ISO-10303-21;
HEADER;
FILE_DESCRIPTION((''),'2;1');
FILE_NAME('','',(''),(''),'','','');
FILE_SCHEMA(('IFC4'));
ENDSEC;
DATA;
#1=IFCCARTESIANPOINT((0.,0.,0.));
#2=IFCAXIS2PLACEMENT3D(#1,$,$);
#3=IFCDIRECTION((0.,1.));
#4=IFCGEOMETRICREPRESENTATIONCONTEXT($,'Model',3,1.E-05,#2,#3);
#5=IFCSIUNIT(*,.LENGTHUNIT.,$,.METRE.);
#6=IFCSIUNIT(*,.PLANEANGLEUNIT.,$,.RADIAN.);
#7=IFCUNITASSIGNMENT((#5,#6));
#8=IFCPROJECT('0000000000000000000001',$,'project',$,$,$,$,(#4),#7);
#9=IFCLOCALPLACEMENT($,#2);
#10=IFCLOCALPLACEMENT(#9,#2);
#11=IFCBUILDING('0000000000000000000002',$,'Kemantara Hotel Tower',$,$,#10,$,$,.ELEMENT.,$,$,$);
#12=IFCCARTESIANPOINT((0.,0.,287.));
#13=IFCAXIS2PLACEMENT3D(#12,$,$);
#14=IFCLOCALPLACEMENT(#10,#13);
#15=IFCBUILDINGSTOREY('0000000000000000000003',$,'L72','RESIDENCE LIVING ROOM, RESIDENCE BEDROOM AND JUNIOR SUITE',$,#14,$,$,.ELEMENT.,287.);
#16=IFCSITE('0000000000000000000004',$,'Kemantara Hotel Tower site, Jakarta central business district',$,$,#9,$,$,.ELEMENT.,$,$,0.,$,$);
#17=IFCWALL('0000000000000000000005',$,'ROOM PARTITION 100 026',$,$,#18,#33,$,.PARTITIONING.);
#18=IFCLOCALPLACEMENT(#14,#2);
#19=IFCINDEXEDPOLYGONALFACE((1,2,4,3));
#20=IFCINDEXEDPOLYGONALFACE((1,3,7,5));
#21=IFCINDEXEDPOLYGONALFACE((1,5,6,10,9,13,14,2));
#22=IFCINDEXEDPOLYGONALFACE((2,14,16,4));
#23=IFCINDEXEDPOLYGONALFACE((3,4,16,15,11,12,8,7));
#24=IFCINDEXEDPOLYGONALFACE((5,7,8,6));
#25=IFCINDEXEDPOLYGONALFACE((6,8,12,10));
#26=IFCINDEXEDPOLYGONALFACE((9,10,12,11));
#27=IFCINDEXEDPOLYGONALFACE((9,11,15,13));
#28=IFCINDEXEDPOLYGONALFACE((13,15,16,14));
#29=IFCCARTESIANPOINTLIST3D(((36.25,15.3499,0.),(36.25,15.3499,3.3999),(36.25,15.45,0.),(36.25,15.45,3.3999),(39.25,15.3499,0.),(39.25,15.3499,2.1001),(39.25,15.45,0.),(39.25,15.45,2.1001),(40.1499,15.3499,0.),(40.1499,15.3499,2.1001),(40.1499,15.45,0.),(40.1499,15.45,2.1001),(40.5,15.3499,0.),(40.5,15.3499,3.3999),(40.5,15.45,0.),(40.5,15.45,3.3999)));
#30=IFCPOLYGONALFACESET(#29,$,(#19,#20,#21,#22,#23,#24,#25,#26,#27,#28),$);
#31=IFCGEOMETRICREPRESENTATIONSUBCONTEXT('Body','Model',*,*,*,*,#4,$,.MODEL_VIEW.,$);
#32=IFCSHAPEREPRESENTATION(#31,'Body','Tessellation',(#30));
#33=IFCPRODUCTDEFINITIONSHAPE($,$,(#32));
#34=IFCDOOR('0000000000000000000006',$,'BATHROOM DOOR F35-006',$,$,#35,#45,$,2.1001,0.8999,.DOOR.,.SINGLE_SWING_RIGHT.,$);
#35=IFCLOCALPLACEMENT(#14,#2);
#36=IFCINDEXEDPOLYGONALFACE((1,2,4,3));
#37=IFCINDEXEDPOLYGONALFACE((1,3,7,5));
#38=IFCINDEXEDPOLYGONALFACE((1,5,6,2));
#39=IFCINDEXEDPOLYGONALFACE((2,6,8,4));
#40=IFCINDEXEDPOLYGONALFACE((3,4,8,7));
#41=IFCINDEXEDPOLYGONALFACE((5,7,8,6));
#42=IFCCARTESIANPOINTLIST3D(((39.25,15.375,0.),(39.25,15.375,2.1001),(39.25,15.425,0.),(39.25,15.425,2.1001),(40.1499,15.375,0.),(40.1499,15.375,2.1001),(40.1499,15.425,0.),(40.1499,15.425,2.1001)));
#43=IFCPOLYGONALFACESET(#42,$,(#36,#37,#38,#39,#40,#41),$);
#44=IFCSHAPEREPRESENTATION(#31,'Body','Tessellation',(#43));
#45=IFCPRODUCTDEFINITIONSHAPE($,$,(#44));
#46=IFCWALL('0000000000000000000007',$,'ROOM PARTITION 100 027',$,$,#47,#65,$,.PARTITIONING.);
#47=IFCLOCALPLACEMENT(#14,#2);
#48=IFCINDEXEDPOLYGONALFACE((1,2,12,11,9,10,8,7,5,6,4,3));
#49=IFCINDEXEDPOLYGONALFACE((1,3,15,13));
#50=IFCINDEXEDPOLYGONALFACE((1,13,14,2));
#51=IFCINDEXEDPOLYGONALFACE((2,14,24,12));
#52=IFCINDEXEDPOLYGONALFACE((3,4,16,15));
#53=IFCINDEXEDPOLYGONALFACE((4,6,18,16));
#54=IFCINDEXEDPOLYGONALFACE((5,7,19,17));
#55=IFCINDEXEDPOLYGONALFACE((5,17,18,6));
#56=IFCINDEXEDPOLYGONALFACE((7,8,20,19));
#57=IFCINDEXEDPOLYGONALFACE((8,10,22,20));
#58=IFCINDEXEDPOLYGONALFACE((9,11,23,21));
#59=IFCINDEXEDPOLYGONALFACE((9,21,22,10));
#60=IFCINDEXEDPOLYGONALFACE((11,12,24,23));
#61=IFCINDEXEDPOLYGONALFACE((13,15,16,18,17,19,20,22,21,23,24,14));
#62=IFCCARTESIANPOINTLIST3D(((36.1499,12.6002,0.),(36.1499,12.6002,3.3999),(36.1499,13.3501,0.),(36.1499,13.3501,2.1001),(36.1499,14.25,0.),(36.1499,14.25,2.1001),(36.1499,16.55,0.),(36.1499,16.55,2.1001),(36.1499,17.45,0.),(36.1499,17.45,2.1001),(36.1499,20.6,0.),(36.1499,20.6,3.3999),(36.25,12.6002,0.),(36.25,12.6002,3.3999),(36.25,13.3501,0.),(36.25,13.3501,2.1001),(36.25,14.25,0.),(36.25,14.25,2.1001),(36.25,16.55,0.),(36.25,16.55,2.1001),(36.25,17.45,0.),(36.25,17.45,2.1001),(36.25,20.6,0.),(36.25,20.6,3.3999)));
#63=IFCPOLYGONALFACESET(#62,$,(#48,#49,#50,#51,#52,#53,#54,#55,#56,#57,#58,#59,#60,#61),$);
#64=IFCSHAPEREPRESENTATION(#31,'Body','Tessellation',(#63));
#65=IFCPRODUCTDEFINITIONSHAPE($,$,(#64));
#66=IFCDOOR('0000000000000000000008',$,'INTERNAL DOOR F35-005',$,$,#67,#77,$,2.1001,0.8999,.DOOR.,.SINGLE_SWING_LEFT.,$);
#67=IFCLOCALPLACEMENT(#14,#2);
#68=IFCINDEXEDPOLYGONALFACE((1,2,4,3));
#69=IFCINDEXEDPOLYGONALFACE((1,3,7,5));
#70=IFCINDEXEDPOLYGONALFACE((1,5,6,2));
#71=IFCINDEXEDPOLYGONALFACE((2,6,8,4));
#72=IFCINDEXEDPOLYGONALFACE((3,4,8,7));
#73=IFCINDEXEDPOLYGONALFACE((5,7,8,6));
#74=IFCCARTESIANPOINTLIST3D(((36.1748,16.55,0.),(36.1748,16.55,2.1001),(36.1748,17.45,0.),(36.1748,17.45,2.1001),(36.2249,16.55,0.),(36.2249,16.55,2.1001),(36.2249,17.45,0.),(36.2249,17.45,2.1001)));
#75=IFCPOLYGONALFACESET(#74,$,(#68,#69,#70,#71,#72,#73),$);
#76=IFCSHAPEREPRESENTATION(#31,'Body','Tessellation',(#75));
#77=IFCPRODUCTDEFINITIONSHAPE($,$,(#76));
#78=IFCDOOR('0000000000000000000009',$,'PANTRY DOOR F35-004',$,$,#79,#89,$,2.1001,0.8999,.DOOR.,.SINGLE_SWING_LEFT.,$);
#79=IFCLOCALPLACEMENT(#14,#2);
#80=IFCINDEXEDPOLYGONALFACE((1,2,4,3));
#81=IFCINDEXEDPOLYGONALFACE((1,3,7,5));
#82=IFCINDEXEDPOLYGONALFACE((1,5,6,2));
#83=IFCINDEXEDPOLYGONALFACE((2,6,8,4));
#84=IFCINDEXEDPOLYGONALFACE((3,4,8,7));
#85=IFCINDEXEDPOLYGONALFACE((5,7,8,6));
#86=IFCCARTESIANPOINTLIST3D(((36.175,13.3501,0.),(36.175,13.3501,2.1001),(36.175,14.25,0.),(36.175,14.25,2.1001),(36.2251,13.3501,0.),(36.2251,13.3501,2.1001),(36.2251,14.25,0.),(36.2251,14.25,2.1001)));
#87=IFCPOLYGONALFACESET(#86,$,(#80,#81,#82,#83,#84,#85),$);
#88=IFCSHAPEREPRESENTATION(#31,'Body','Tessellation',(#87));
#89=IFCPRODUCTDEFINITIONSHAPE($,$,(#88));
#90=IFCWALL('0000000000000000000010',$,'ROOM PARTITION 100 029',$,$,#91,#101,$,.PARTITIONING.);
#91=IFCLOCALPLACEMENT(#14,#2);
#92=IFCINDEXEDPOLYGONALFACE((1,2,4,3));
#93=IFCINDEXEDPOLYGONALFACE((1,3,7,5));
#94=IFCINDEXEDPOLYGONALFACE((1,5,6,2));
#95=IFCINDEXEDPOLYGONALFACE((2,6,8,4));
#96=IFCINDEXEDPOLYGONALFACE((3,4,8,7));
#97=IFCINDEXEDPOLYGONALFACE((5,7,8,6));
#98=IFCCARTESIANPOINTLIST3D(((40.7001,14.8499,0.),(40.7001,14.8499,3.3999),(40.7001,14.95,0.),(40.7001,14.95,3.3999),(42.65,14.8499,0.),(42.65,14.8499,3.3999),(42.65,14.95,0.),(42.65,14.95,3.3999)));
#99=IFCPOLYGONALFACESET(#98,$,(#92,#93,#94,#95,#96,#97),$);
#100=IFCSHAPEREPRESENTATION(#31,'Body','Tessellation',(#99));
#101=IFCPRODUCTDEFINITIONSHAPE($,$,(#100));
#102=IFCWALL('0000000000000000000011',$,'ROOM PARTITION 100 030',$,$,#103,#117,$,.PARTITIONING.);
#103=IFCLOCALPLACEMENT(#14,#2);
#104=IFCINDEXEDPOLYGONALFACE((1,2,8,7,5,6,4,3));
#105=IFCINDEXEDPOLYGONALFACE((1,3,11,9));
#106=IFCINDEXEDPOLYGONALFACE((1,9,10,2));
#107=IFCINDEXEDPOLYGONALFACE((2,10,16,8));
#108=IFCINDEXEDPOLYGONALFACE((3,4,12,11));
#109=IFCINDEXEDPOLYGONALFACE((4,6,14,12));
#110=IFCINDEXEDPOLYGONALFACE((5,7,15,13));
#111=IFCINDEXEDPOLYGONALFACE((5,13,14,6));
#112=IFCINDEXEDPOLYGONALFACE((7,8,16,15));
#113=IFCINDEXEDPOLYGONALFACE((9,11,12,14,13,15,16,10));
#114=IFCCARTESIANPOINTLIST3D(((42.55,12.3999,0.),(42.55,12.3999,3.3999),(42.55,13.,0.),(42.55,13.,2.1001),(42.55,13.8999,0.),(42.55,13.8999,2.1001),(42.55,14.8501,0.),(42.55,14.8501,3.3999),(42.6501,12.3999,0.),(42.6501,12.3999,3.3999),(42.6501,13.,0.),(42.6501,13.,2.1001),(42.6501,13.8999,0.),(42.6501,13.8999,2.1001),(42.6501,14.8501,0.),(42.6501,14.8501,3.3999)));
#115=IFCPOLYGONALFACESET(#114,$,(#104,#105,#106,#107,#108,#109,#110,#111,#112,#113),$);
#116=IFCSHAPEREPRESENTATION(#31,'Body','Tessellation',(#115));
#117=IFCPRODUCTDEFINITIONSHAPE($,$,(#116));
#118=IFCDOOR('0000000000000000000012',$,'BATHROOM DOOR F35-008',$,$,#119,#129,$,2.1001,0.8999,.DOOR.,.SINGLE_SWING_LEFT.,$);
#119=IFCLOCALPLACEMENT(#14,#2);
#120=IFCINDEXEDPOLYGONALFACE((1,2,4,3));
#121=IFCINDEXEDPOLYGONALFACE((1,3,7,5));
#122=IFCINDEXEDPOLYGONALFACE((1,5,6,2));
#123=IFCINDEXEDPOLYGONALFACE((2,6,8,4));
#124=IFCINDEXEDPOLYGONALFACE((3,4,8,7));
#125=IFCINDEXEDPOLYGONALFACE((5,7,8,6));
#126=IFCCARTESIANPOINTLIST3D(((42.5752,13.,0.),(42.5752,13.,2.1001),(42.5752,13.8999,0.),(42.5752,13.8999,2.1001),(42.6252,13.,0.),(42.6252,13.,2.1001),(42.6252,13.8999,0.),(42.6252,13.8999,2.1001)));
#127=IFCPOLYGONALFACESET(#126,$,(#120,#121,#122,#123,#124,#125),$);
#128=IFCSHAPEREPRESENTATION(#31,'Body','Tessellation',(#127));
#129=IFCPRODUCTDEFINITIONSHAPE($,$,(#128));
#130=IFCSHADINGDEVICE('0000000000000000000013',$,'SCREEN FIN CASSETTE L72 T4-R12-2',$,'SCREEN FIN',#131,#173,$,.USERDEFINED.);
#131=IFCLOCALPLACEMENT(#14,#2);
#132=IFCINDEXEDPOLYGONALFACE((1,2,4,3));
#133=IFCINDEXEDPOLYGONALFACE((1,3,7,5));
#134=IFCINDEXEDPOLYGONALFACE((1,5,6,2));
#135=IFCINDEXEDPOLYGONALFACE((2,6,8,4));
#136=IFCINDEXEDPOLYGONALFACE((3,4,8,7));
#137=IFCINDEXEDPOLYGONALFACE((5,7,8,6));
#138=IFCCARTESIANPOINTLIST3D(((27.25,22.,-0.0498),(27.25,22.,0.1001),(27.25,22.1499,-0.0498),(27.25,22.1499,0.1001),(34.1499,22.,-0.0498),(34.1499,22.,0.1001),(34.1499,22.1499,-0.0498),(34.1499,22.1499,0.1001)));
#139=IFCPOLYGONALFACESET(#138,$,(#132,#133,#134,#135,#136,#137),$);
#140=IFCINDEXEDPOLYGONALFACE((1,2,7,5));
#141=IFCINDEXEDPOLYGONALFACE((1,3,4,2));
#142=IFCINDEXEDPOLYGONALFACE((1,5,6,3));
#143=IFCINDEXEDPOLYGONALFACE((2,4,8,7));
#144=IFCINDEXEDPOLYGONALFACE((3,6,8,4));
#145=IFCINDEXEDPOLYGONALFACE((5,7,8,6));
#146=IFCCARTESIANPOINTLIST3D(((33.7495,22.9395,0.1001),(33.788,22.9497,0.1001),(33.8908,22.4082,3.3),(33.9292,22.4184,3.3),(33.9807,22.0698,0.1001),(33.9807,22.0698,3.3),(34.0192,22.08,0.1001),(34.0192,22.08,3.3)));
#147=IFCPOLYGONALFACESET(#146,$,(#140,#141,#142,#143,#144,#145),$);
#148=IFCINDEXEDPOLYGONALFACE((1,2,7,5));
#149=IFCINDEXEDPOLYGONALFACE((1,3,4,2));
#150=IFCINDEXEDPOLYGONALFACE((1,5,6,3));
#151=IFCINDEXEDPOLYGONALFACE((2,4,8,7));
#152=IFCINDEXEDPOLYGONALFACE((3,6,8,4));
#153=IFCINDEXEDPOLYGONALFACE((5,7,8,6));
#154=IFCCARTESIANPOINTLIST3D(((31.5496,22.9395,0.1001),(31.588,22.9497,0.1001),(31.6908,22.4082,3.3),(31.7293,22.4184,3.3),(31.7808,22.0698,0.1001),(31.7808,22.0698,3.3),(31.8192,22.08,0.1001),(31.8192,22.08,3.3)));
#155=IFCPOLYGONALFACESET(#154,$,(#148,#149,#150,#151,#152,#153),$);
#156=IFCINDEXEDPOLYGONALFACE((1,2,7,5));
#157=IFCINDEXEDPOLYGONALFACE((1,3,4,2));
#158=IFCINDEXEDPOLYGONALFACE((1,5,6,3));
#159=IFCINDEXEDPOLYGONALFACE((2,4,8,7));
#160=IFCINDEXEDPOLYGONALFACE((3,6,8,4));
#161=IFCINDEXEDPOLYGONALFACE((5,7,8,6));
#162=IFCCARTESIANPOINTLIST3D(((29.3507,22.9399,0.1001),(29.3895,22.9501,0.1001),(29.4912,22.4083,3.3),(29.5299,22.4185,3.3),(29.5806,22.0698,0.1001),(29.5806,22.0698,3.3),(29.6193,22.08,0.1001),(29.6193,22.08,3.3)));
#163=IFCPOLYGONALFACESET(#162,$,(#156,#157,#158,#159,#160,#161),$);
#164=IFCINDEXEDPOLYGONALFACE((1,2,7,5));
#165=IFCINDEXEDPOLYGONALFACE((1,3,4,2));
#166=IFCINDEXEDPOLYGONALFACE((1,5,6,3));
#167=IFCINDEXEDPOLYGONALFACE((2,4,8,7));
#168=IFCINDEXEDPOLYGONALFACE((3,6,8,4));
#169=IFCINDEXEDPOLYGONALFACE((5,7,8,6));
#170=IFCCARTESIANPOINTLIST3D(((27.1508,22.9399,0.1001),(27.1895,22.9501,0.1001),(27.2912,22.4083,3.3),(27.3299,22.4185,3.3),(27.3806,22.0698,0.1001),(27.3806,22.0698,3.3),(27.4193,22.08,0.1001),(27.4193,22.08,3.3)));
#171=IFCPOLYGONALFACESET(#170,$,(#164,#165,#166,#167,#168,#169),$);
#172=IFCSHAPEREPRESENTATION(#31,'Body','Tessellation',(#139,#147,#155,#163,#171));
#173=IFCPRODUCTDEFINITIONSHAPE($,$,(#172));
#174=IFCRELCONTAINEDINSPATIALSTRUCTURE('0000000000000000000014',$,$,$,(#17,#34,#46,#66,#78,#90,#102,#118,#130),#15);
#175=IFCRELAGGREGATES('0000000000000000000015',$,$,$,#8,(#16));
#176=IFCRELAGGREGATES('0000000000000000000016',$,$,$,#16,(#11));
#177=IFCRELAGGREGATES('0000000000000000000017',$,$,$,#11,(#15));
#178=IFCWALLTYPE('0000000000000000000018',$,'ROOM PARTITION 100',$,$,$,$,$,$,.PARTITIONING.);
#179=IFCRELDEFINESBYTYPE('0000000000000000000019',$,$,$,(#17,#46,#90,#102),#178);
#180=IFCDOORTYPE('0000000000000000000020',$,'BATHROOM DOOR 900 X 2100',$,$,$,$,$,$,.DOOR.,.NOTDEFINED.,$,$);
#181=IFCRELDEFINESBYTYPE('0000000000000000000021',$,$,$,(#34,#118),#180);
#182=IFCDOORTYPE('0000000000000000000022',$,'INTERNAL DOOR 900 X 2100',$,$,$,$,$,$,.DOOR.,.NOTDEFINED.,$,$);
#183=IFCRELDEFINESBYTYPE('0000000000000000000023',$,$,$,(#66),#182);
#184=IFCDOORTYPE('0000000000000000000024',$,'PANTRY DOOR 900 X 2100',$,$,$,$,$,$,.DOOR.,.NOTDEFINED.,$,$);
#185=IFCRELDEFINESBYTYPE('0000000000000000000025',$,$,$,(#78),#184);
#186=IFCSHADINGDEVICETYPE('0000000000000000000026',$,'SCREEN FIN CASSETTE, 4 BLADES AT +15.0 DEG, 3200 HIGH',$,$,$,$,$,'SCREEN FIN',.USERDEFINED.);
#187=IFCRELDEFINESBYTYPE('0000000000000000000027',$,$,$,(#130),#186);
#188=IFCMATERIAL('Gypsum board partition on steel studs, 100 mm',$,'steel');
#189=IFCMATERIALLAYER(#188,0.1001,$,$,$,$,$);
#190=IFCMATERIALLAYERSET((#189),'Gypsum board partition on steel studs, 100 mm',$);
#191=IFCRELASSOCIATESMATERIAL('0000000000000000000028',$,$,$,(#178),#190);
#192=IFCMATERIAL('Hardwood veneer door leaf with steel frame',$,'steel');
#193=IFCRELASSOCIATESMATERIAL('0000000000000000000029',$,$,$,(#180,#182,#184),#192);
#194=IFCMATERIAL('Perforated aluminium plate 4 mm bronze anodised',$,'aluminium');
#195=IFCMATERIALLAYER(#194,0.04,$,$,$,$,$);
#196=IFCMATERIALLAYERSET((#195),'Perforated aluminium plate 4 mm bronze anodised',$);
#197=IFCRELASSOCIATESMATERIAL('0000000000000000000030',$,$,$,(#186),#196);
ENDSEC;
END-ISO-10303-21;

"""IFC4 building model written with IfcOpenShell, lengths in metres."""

from ifc_helpers import new_model, si_unit, direction, frame, frame_2d, origin, origin_2d, place, context, subcontext, project, spatial, polyline, rectangle, outline, extrude, source, transform, mapped, material, layer, layer_set, type_object, element, fill, save


model = new_model("IFC4")

# Units and contexts
model_context = context("Model", 3, precision=1e-05, world=origin(), true_north=direction((0.0, 1.0)))
body_context = subcontext(model_context, "Body", "Model", "MODEL_VIEW")
ifc_project = project(units=[si_unit("LENGTHUNIT", "METRE"), si_unit("PLANEANGLEUNIT", "RADIAN")], contexts=[model_context])

# Site, building, storey
site_placement = place(None, origin())
site = spatial("IfcSite", under=ifc_project, at=site_placement, Name="Kemantara Hotel Tower site, Jakarta central business district", CompositionType="ELEMENT", RefElevation=0.0)
building_placement = place(site_placement, origin())
building = spatial("IfcBuilding", under=site, at=building_placement, Name="Kemantara Hotel Tower", CompositionType="ELEMENT")
storey_placement = place(building_placement, frame((0.0, 0.0, 287.0)))
storey = spatial("IfcBuildingStorey", under=building, at=storey_placement, Name="L72", Description="RESIDENCE LIVING ROOM, RESIDENCE BEDROOM AND JUNIOR SUITE", CompositionType="ELEMENT", Elevation=287.0)

# Wall, opening, door
ifc_material_1 = material(Name="Gypsum board partition on steel studs, 100 mm", Category="steel")
ifc_layer_1 = layer(ifc_material_1, 0.1001)
ifc_layer_set_1 = layer_set([ifc_layer_1], Name="Gypsum board partition on steel studs, 100 mm")
wall_type_1 = type_object("IfcWallType", Name="ROOM PARTITION 100", PredefinedType="PARTITIONING", material=ifc_layer_set_1)
ifc_material_2 = material(Name="Hardwood veneer door leaf with steel frame", Category="steel")
door_type_1 = type_object("IfcDoorType", Name="BATHROOM DOOR 900 X 2100", OperationType="NOTDEFINED", PredefinedType="DOOR", material=ifc_material_2)
wall_1_placement = place(storey_placement, frame((40.5, 15.3999, 0.0), z_axis=(0.0, 0.0, 1.0), x_axis=(-1.0, 0.0, 0.0)))
wall_1 = element("IfcWall", 1, at=wall_1_placement, inside=storey, type_object=wall_type_1, Name="ROOM PARTITION 100 026", PredefinedType="PARTITIONING", context=body_context, shape_type="SweptSolid", body=[
    extrude(rectangle(XDim=4.25, YDim=0.1001, at=frame_2d((2.125, 0.0))), origin(), (0.0, 0.0, 1.0), 3.3999),
])
opening_1_placement = place(wall_1_placement, frame((0.3501, 0.0, 0.0)))
opening_1 = element("IfcOpeningElement", 2, at=opening_1_placement, cuts=wall_1, PredefinedType="OPENING", context=body_context, shape_type="SweptSolid", body=[
    extrude(rectangle(XDim=0.8999, YDim=2.1001, at=frame_2d((0.45, 1.05))), frame((0.0, 0.0601, 0.0), z_axis=(0.0, -1.0, 0.0), x_axis=(1.0, 0.0, 0.0)), (0.0, 0.0, 1.0), 0.1201),
])
door_1_placement = place(opening_1_placement, origin())
door_1 = element("IfcDoor", 3, at=door_1_placement, inside=storey, type_object=door_type_1, Name="BATHROOM DOOR F35-006", OperationType="SINGLE_SWING_RIGHT", OverallHeight=2.1001, OverallWidth=0.8999, PredefinedType="DOOR", context=body_context, shape_type="SweptSolid", body=[
    extrude(rectangle(XDim=0.8999, YDim=2.1001, at=frame_2d((0.45, 1.05))), frame((0.0, 0.0249, 0.0), z_axis=(0.0, -1.0, 0.0), x_axis=(1.0, 0.0, 0.0)), (0.0, 0.0, 1.0), 0.05),
])
fill(opening_1, door_1)

# Wall, openings, doors
wall_2_placement = place(storey_placement, frame((36.2, 12.6001, 0.0), z_axis=(0.0, 0.0, 1.0), x_axis=(0.0, 1.0, 0.0)))
wall_2 = element("IfcWall", 4, at=wall_2_placement, inside=storey, type_object=wall_type_1, Name="ROOM PARTITION 100 027", PredefinedType="PARTITIONING", context=body_context, shape_type="SweptSolid", body=[
    extrude(rectangle(XDim=7.9998, YDim=0.1001, at=frame_2d((4.0, 0.0))), origin(), (0.0, 0.0, 1.0), 3.3999),
])
opening_2_placement = place(wall_2_placement, frame((0.75, 0.0, 0.0)))
opening_2 = element("IfcOpeningElement", 5, at=opening_2_placement, cuts=wall_2, PredefinedType="OPENING", context=body_context, shape_type="SweptSolid", body=[
    extrude(rectangle(XDim=0.8999, YDim=2.1001, at=frame_2d((0.45, 1.05))), frame((0.0, 0.0601, 0.0), z_axis=(0.0, -1.0, 0.0), x_axis=(1.0, 0.0, 0.0)), (0.0, 0.0, 1.0), 0.1201),
])
opening_3_placement = place(wall_2_placement, frame((3.95, 0.0, 0.0)))
opening_3 = element("IfcOpeningElement", 6, at=opening_3_placement, cuts=wall_2, PredefinedType="OPENING", context=body_context, shape_type="SweptSolid", body=[
    extrude(rectangle(XDim=0.8999, YDim=2.1001, at=frame_2d((0.45, 1.05))), frame((0.0, 0.0601, 0.0), z_axis=(0.0, -1.0, 0.0), x_axis=(1.0, 0.0, 0.0)), (0.0, 0.0, 1.0), 0.1201),
])
door_type_2 = type_object("IfcDoorType", Name="INTERNAL DOOR 900 X 2100", OperationType="NOTDEFINED", PredefinedType="DOOR", material=ifc_material_2)
door_2_placement = place(opening_3_placement, frame((0.8999, 0.0, 0.0), z_axis=(0.0, 0.0, 1.0), x_axis=(-1.0, 0.0, 0.0)))
door_2 = element("IfcDoor", 7, at=door_2_placement, inside=storey, type_object=door_type_2, Name="INTERNAL DOOR F35-005", OperationType="SINGLE_SWING_LEFT", OverallHeight=2.1001, OverallWidth=0.8999, PredefinedType="DOOR", context=body_context, shape_type="SweptSolid", body=[
    extrude(rectangle(XDim=0.8999, YDim=2.1001, at=frame_2d((0.45, 1.05))), frame((0.0, 0.0249, 0.0), z_axis=(0.0, -1.0, 0.0), x_axis=(1.0, 0.0, 0.0)), (0.0, 0.0, 1.0), 0.05),
])
fill(opening_3, door_2)
door_type_3 = type_object("IfcDoorType", Name="PANTRY DOOR 900 X 2100", OperationType="NOTDEFINED", PredefinedType="DOOR", material=ifc_material_2)
door_3_placement = place(opening_2_placement, origin())
door_3 = element("IfcDoor", 8, at=door_3_placement, inside=storey, type_object=door_type_3, Name="PANTRY DOOR F35-004", OperationType="SINGLE_SWING_LEFT", OverallHeight=2.1001, OverallWidth=0.8999, PredefinedType="DOOR", context=body_context, shape_type="SweptSolid", body=[
    extrude(rectangle(XDim=0.8999, YDim=2.1001, at=frame_2d((0.45, 1.05))), frame((0.0, 0.0249, 0.0), z_axis=(0.0, -1.0, 0.0), x_axis=(1.0, 0.0, 0.0)), (0.0, 0.0, 1.0), 0.05),
])
fill(opening_2, door_3)

# Wall
wall_3_placement = place(storey_placement, frame((40.7, 14.8999, 0.0), z_axis=(0.0, 0.0, 1.0), x_axis=(1.0, 0.0, 0.0)))
element("IfcWall", 9, at=wall_3_placement, inside=storey, type_object=wall_type_1, Name="ROOM PARTITION 100 029", PredefinedType="PARTITIONING", context=body_context, shape_type="SweptSolid", body=[
    extrude(rectangle(XDim=1.95, YDim=0.1001, at=frame_2d((0.9751, 0.0))), origin(), (0.0, 0.0, 1.0), 3.3999),
])

# Wall, opening, door
wall_4_placement = place(storey_placement, frame((42.6001, 12.3999, 0.0), z_axis=(0.0, 0.0, 1.0), x_axis=(0.0, 1.0, 0.0)))
wall_4 = element("IfcWall", 10, at=wall_4_placement, inside=storey, type_object=wall_type_1, Name="ROOM PARTITION 100 030", PredefinedType="PARTITIONING", context=body_context, shape_type="SweptSolid", body=[
    extrude(rectangle(XDim=2.4502, YDim=0.1001, at=frame_2d((1.2251, 0.0))), origin(), (0.0, 0.0, 1.0), 3.3999),
])
opening_4_placement = place(wall_4_placement, frame((0.6001, 0.0, 0.0)))
opening_4 = element("IfcOpeningElement", 11, at=opening_4_placement, cuts=wall_4, PredefinedType="OPENING", context=body_context, shape_type="SweptSolid", body=[
    extrude(rectangle(XDim=0.8999, YDim=2.1001, at=frame_2d((0.45, 1.05))), frame((0.0, 0.0601, 0.0), z_axis=(0.0, -1.0, 0.0), x_axis=(1.0, 0.0, 0.0)), (0.0, 0.0, 1.0), 0.1201),
])
door_4_placement = place(opening_4_placement, origin())
door_4 = element("IfcDoor", 12, at=door_4_placement, inside=storey, type_object=door_type_1, Name="BATHROOM DOOR F35-008", OperationType="SINGLE_SWING_LEFT", OverallHeight=2.1001, OverallWidth=0.8999, PredefinedType="DOOR", context=body_context, shape_type="SweptSolid", body=[
    extrude(rectangle(XDim=0.8999, YDim=2.1001, at=frame_2d((0.45, 1.05))), frame((0.0, 0.0249, 0.0), z_axis=(0.0, -1.0, 0.0), x_axis=(1.0, 0.0, 0.0)), (0.0, 0.0, 1.0), 0.05),
])
fill(opening_4, door_4)

# Shading device
ifc_material_3 = material(Name="Perforated aluminium plate 4 mm bronze anodised", Category="aluminium")
ifc_layer_2 = layer(ifc_material_3, 0.04)
ifc_layer_set_2 = layer_set([ifc_layer_2], Name="Perforated aluminium plate 4 mm bronze anodised")
shading_device_type_1 = type_object("IfcShadingDeviceType", Name="SCREEN FIN CASSETTE, 4 BLADES AT +15.0 DEG, 3200 HIGH", ElementType="SCREEN FIN", PredefinedType="USERDEFINED", material=ifc_layer_set_2)
shared_shape_1 = source(origin(), body_context, "Body", "SweptSolid", [
    extrude(rectangle(XDim=6.8999, YDim=0.1499, at=origin_2d()), frame((3.3, -0.075, -0.1499), z_axis=(0.0, 0.0, 1.0), x_axis=(1.0, 0.0, 0.0)), (0.0, 0.0, 1.0), 0.1499),
    extrude(outline(polyline([(0.0, 0.0), (0.8999, 0.0), (0.3501, 3.2), (0.0, 3.2), (0.0, 0.0)])), frame((0.0193, -0.0698, 0.0), z_axis=(-0.966438, -0.256901, 0.0), x_axis=(0.256901, -0.966438, 0.0)), (0.0, 0.0, 1.0), 0.0398),
    extrude(outline(polyline([(0.0, 0.0), (0.8999, 0.0), (0.3501, 3.2), (0.0, 3.2), (0.0, 0.0)])), frame((2.2192, -0.0698, 0.0), z_axis=(-0.966438, -0.256901, 0.0), x_axis=(0.256901, -0.966438, 0.0)), (0.0, 0.0, 1.0), 0.0398),
    extrude(outline(polyline([(0.0, 0.0), (0.8999, 0.0), (0.3501, 3.2), (0.0, 3.2), (0.0, 0.0)])), frame((4.4194, -0.0698, 0.0), z_axis=(-0.966838, -0.255391, 0.0), x_axis=(0.255391, -0.966838, 0.0)), (0.0, 0.0, 1.0), 0.04),
    extrude(outline(polyline([(0.0, 0.0), (0.8999, 0.0), (0.3501, 3.2), (0.0, 3.2), (0.0, 0.0)])), frame((6.6194, -0.0698, 0.0), z_axis=(-0.966838, -0.255391, 0.0), x_axis=(0.255391, -0.966838, 0.0)), (0.0, 0.0, 1.0), 0.04),
])
shading_device_1_placement = place(storey_placement, frame((34.0, 22.0, 0.1001), z_axis=(0.0, 0.0, 1.0), x_axis=(-1.0, 0.0, 0.0)))
element("IfcShadingDevice", 13, at=shading_device_1_placement, inside=storey, type_object=shading_device_type_1, Name="SCREEN FIN CASSETTE L72 T4-R12-2", ObjectType="SCREEN FIN", PredefinedType="USERDEFINED", context=body_context, shape_type="MappedRepresentation", body=[
    mapped(shared_shape_1, transform((0.0, 0.0, 0.0))),
])

save(model, "model.ifc")
